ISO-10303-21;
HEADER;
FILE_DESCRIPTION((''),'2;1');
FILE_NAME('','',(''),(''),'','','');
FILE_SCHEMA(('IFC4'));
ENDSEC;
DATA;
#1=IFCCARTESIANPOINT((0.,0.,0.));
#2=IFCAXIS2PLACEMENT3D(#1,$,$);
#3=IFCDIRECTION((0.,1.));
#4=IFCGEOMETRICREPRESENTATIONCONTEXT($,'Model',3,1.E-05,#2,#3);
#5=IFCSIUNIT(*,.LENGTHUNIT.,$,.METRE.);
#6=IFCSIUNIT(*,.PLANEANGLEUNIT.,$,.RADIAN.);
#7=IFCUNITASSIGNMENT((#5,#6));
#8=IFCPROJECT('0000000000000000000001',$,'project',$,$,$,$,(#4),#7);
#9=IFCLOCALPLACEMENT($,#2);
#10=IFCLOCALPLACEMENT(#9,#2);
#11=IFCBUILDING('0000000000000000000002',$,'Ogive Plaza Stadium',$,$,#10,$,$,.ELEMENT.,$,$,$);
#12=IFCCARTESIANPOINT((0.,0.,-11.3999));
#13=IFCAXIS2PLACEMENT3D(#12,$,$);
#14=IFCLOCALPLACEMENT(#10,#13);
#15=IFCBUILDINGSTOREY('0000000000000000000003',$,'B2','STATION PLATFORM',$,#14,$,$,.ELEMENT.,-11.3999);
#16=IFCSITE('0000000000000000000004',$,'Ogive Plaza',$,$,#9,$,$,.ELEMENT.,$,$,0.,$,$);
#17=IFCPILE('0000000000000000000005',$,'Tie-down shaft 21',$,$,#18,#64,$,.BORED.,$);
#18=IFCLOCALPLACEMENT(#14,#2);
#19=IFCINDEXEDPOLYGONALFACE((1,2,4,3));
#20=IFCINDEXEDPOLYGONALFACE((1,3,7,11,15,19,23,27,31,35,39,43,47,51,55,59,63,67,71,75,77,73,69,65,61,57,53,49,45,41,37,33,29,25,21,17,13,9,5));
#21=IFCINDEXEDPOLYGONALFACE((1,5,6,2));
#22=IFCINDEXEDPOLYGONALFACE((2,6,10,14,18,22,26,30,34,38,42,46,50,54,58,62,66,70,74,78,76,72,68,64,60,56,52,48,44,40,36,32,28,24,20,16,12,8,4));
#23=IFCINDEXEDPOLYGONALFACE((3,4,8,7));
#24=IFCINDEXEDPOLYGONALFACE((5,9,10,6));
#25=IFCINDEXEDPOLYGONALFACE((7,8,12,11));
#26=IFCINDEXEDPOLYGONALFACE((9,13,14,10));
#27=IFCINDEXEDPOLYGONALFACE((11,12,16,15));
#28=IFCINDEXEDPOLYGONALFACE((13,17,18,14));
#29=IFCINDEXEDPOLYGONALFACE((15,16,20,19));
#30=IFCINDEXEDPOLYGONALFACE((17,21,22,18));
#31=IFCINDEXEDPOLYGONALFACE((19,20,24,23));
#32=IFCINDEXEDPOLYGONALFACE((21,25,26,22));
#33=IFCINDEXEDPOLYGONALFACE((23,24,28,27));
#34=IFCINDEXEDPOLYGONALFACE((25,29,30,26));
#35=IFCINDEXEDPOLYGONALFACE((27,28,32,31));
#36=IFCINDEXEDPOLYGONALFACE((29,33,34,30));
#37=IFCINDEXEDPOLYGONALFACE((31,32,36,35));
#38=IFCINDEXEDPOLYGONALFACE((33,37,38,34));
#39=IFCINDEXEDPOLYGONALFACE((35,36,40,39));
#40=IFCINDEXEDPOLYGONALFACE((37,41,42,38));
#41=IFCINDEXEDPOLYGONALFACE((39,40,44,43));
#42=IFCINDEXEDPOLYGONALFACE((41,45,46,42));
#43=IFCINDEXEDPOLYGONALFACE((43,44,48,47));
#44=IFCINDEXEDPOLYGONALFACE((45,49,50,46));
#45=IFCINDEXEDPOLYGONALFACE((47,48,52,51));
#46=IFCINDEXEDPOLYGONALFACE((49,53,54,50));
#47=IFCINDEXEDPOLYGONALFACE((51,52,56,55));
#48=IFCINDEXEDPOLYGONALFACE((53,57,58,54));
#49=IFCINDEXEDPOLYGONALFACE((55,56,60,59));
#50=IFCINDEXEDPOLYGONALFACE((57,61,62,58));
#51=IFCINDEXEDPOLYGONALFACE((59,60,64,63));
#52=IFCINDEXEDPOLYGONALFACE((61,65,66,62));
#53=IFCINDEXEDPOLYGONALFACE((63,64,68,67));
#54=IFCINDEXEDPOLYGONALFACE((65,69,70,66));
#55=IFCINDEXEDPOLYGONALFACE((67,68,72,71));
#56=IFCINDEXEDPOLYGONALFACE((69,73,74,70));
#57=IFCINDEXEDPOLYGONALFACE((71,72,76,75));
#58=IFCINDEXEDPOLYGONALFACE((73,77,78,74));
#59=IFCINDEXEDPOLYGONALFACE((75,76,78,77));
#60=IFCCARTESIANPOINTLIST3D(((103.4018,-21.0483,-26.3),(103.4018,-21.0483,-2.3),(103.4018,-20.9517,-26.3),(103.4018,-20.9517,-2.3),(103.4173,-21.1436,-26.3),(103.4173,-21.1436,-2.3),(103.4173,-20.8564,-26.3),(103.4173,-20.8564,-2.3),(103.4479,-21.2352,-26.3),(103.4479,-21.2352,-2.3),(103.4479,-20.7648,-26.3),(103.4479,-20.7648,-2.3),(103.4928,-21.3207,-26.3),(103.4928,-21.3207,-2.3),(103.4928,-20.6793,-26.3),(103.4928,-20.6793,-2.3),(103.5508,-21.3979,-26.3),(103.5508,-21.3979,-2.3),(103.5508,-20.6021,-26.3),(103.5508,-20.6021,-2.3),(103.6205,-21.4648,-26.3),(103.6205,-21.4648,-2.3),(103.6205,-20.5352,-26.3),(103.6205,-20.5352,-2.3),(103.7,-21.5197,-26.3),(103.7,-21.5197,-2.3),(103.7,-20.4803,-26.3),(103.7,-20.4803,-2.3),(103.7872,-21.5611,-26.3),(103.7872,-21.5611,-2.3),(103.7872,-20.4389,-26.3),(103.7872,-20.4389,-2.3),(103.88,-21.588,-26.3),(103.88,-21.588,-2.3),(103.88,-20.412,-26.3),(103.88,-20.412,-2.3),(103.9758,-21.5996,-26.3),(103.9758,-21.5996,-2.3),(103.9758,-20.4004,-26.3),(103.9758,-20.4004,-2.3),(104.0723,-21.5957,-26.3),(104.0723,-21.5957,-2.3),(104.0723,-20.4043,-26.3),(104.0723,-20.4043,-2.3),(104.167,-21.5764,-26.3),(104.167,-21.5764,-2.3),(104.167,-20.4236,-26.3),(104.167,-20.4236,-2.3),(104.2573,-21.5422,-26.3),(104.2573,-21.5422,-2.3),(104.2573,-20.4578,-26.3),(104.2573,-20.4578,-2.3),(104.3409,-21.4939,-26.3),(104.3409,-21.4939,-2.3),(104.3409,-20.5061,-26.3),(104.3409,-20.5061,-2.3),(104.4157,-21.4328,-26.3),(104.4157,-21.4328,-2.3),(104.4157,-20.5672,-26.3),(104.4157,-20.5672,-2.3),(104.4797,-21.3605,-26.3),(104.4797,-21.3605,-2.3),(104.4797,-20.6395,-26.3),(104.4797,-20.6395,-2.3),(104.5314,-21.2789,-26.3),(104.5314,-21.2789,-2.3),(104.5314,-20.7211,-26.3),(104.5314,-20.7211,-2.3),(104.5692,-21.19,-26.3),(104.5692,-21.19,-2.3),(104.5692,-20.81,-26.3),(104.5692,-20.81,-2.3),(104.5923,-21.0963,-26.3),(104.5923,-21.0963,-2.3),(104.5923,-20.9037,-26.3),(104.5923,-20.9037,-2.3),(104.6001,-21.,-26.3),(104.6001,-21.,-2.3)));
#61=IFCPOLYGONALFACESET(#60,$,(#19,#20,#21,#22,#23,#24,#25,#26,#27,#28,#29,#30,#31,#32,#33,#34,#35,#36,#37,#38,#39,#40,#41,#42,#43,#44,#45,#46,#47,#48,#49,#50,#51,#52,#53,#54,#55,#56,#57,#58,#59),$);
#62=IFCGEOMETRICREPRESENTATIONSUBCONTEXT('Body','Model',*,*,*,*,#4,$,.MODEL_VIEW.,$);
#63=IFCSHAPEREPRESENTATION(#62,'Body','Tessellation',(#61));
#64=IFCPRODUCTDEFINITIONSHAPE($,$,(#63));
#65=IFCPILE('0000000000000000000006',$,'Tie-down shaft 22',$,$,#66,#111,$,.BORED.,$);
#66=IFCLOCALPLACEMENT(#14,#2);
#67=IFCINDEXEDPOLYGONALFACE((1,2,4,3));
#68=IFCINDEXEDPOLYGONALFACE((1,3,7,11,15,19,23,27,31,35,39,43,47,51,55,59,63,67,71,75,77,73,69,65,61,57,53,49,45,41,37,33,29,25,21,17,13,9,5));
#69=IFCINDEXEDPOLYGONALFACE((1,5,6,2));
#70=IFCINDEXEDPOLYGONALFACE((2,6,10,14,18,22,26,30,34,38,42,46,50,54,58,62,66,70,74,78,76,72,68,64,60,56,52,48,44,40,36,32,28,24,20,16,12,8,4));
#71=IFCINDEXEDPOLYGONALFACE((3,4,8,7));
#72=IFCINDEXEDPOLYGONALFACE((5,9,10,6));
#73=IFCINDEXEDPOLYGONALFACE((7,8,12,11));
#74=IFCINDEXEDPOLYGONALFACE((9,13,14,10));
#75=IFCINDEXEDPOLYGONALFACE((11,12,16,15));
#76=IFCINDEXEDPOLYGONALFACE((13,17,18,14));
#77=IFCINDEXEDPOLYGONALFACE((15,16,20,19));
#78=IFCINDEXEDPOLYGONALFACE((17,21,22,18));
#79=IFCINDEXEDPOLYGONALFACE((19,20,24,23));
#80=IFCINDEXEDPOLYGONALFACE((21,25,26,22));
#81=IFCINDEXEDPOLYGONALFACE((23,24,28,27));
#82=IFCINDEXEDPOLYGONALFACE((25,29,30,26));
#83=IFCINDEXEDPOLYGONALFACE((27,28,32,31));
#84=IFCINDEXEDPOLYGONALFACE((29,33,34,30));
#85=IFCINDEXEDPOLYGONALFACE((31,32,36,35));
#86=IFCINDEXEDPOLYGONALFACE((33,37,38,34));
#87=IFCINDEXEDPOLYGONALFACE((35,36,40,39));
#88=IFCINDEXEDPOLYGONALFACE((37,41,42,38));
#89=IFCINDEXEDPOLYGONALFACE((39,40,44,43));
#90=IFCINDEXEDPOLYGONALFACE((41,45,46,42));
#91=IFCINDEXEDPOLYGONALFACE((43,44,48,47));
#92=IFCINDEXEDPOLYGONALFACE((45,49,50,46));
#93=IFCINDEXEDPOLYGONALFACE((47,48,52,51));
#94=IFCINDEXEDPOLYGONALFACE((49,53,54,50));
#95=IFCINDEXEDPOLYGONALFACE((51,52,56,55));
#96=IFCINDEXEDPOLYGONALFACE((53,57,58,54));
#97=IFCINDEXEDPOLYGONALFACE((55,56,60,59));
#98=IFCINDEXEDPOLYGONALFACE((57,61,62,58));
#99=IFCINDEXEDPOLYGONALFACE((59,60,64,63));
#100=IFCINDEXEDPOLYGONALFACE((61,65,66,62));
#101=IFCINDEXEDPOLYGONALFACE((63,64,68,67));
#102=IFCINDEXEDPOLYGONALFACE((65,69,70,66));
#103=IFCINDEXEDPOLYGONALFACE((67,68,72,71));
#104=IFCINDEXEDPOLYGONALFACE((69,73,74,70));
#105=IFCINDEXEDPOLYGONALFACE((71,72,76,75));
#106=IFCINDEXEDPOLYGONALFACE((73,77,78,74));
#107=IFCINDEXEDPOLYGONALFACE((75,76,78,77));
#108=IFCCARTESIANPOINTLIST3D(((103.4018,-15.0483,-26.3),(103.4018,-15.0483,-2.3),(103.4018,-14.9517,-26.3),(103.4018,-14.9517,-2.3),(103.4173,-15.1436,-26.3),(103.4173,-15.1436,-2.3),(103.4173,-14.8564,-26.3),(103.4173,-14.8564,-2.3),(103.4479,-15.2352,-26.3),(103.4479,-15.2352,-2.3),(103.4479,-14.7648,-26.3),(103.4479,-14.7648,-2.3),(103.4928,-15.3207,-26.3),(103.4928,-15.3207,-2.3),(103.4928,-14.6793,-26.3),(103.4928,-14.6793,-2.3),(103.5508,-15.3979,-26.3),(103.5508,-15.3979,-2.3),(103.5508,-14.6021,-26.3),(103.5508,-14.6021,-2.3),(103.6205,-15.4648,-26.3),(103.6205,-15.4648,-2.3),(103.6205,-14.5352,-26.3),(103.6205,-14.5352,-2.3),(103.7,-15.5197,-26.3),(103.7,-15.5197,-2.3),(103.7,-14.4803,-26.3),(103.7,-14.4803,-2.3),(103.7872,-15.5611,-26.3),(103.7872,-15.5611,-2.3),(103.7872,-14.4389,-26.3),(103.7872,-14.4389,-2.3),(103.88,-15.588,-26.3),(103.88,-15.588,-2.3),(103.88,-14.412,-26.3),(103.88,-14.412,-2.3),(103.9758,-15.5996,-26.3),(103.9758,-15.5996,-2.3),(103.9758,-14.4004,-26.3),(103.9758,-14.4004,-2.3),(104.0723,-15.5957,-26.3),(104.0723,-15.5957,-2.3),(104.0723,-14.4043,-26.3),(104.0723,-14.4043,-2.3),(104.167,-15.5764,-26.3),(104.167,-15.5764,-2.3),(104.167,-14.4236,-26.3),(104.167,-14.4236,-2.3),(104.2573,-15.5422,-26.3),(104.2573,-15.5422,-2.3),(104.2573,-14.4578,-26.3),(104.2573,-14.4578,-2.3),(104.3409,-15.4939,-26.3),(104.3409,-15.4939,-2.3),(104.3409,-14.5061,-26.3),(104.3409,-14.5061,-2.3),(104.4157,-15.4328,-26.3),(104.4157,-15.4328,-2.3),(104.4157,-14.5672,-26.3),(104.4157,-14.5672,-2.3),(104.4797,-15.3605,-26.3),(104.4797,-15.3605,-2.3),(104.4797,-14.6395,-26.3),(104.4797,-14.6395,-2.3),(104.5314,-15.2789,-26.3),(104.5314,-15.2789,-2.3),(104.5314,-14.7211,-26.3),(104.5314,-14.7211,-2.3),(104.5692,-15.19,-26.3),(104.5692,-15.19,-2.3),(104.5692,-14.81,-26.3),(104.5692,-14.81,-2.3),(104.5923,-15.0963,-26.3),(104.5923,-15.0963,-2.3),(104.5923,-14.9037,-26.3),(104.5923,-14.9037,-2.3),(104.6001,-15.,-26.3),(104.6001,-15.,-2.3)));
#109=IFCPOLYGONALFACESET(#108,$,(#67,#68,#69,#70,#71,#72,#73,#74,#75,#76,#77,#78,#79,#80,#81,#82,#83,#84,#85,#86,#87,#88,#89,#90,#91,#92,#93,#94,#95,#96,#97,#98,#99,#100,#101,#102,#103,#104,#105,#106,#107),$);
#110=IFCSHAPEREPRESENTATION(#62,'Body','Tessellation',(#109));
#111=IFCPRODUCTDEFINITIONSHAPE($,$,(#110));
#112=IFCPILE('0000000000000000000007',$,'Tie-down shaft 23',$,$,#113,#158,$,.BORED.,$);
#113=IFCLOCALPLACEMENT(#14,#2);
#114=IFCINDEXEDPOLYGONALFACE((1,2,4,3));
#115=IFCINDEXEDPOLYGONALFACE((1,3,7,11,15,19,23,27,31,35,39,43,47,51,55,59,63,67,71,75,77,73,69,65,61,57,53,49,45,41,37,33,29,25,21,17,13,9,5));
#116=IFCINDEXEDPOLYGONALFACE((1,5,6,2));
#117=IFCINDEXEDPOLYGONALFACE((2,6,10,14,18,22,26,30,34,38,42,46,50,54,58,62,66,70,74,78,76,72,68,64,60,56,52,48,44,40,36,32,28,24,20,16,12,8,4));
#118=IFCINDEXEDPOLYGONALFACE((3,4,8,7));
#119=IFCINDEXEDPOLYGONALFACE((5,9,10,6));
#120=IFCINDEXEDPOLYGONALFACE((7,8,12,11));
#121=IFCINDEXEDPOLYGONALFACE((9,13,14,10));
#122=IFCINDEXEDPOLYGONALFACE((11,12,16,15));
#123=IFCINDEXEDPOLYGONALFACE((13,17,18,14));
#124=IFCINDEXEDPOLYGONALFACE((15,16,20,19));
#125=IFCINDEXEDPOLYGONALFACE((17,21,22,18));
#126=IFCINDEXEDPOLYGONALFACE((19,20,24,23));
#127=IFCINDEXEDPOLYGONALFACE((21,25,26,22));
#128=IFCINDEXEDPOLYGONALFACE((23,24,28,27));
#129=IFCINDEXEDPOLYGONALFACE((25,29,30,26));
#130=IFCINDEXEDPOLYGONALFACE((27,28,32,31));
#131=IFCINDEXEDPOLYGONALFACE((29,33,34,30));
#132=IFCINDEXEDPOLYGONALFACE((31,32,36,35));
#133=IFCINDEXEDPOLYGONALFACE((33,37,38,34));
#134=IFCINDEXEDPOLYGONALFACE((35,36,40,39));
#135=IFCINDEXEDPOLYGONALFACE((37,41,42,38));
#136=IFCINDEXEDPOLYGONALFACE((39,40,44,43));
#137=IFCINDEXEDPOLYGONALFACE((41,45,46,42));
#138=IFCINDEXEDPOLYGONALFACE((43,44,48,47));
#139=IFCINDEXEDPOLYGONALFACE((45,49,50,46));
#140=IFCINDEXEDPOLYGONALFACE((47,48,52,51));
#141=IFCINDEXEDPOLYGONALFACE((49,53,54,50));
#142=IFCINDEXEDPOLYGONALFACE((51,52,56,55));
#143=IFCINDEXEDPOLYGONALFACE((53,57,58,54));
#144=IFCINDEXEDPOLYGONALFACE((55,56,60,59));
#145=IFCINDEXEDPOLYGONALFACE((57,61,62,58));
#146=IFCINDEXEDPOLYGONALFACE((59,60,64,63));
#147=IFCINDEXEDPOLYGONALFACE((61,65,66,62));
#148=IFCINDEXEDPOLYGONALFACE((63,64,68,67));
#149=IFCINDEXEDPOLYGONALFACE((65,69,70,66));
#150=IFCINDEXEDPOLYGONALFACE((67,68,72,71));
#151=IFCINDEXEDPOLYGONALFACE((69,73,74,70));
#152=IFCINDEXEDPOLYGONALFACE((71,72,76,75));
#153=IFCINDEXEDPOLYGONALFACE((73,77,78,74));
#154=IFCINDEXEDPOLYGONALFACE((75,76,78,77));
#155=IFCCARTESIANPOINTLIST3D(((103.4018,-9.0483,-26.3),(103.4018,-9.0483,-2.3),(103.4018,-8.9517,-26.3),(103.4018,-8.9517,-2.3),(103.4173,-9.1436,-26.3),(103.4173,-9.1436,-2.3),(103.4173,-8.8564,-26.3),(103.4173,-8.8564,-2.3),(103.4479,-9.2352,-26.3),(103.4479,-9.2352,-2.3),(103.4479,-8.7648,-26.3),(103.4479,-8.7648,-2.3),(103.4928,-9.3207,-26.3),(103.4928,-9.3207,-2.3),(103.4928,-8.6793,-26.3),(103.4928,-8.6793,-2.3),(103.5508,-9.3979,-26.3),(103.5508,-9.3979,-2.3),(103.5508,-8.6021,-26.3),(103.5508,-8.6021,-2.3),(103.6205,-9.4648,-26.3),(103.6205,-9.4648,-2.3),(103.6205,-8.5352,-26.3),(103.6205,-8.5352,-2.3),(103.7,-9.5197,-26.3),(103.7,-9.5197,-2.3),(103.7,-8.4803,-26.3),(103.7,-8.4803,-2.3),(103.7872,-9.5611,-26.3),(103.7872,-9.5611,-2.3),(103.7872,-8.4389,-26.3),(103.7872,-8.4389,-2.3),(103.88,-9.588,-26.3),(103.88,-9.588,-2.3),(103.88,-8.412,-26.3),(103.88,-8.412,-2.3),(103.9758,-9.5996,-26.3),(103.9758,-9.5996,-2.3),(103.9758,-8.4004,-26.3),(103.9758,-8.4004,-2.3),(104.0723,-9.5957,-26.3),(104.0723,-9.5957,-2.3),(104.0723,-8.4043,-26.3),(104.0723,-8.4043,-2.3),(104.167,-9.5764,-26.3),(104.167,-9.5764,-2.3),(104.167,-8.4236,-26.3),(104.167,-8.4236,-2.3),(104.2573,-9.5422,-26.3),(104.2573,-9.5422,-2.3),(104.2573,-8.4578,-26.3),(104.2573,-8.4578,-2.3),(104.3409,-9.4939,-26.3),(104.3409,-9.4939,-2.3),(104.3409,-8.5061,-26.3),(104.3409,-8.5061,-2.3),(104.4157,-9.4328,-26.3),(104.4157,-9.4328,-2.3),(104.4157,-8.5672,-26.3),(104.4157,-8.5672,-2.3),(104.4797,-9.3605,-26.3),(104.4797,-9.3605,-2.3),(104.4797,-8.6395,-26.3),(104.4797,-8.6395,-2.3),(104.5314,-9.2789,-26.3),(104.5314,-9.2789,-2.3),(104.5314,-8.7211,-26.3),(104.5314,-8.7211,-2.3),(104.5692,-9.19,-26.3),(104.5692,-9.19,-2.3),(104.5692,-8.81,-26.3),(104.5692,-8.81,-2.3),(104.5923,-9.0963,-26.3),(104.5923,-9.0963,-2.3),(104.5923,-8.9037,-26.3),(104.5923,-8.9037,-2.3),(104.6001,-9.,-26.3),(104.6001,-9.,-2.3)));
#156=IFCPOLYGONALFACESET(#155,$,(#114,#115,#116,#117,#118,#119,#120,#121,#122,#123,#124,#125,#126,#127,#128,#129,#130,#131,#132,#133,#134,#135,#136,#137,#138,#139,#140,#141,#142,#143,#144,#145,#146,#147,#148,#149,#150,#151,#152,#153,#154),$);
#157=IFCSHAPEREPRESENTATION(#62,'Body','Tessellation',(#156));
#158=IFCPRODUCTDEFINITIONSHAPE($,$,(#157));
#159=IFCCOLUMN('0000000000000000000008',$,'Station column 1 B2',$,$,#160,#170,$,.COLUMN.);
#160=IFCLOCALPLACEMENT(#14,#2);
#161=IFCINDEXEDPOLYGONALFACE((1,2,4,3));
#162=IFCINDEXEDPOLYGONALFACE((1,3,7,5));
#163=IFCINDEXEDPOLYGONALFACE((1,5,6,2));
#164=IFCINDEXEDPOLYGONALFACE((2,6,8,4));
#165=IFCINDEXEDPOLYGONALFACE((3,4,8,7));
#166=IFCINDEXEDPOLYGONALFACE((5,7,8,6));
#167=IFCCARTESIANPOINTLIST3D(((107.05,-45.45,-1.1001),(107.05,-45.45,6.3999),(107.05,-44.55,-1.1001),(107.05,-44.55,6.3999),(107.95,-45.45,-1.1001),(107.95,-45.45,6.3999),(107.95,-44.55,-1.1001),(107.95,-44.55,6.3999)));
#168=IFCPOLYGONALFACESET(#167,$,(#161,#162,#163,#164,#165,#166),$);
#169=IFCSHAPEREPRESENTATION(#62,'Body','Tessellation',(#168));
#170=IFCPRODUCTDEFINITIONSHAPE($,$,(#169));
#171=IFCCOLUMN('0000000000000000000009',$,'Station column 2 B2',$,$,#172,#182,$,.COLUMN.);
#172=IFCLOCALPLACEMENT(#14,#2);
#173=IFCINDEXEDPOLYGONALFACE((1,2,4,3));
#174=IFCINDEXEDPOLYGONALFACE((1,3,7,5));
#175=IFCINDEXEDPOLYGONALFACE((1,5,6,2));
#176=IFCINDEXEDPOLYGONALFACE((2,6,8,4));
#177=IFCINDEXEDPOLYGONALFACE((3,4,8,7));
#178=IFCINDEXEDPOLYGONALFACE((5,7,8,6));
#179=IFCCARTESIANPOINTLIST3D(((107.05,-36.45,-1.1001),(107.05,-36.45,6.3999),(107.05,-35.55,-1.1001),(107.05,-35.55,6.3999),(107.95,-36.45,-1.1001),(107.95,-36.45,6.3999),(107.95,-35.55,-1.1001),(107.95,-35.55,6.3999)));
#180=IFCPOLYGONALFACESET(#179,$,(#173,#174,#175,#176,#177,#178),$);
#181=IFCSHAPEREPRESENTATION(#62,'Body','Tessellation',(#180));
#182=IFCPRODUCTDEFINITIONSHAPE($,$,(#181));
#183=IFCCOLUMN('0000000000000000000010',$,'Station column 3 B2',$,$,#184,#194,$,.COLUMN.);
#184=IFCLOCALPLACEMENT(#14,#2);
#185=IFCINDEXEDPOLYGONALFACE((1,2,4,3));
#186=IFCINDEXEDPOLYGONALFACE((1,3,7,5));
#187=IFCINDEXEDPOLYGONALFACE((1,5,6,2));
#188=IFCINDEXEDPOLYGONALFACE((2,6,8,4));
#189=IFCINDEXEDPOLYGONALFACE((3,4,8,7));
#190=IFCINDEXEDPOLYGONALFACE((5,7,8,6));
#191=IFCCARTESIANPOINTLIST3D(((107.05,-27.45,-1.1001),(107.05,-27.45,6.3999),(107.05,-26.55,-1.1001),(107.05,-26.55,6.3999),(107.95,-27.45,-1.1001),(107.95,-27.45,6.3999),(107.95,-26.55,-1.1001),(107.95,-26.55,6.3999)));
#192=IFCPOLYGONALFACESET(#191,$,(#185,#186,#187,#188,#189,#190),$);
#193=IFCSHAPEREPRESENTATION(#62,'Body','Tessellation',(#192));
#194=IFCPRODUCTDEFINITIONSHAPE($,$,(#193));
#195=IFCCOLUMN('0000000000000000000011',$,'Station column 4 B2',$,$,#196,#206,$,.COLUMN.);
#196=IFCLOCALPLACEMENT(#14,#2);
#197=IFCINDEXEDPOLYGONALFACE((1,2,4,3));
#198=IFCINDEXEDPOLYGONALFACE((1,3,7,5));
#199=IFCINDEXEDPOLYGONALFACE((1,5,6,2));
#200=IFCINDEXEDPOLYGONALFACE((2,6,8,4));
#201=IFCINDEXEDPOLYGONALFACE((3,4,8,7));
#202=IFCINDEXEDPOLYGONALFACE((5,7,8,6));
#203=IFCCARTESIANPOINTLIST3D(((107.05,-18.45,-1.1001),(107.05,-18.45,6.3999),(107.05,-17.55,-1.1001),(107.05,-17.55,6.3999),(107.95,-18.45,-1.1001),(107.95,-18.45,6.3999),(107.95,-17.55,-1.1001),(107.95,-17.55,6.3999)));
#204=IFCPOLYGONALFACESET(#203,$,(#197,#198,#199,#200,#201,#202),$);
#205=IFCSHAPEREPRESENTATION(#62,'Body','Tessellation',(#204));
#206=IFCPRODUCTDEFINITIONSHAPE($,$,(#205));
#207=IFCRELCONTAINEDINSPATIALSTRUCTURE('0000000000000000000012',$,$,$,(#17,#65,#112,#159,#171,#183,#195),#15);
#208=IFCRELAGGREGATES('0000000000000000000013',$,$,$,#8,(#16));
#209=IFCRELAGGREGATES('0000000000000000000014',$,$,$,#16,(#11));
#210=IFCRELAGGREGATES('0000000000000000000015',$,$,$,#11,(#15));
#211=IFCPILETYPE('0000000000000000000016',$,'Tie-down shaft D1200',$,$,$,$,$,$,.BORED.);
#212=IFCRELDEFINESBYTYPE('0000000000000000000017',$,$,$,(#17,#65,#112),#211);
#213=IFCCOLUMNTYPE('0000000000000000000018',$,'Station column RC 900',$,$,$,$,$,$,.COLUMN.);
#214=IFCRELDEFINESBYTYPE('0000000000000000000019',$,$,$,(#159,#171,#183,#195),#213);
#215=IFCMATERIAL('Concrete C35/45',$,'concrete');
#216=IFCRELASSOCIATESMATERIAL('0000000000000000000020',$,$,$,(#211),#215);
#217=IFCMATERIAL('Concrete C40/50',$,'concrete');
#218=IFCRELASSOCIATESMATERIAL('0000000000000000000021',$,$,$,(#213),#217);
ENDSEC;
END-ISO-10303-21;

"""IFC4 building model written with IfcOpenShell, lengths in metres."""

from ifc_helpers import new_model, si_unit, direction, frame, origin, origin_2d, place, context, subcontext, project, spatial, rectangle, circle, extrude, material, material_profile, profile_set, type_object, element, save


model = new_model("IFC4")

# Units and contexts
model_context = context("Model", 3, precision=1e-05, world=origin(), true_north=direction((0.0, 1.0)))
body_context = subcontext(model_context, "Body", "Model", "MODEL_VIEW")
ifc_project = project(units=[si_unit("LENGTHUNIT", "METRE"), si_unit("PLANEANGLEUNIT", "RADIAN")], contexts=[model_context])

# Site, building, storey
site_placement = place(None, origin())
site = spatial("IfcSite", under=ifc_project, at=site_placement, Name="Ogive Plaza", CompositionType="ELEMENT", RefElevation=0.0)
building_placement = place(site_placement, origin())
building = spatial("IfcBuilding", under=site, at=building_placement, Name="Ogive Plaza Stadium", CompositionType="ELEMENT")
storey_placement = place(building_placement, frame((0.0, 0.0, -11.3999)))
storey = spatial("IfcBuildingStorey", under=building, at=storey_placement, Name="B2", Description="STATION PLATFORM", CompositionType="ELEMENT", Elevation=-11.3999)

# Piles
ifc_material_1 = material(Name="Concrete C35/45", Category="concrete")
ifc_material_profile_1 = material_profile(ifc_material_1, circle(Radius=0.6001, at=origin_2d()), Name="Tie-down shaft D1200")
ifc_profile_set_1 = profile_set([ifc_material_profile_1], Name="Concrete C35/45")
pile_type = type_object("IfcPileType", Name="Tie-down shaft D1200", PredefinedType="BORED", material=ifc_profile_set_1)
for number, where, z_axis, x_axis, name in (
    (1, (104.0, -21.0, -2.3), (0.0, 0.0, -1.0), (1.0, 0.0, 0.0), "Tie-down shaft 21"),
    (2, (104.0, -15.0, -2.3), (0.0, 0.0, -1.0), (1.0, 0.0, 0.0), "Tie-down shaft 22"),
    (3, (104.0, -9.0, -2.3), (0.0, 0.0, -1.0), (1.0, 0.0, 0.0), "Tie-down shaft 23"),
):
    element("IfcPile", number, at=place(storey_placement, frame(where, z_axis=z_axis, x_axis=x_axis)), inside=storey, type_object=pile_type, Name=name, PredefinedType="BORED", context=body_context, shape_type="SweptSolid", body=[
        extrude(circle(Radius=0.6001, at=origin_2d()), origin(), (0.0, 0.0, 1.0), 24.0),
    ])

# Columns
ifc_material_2 = material(Name="Concrete C40/50", Category="concrete")
ifc_material_profile_2 = material_profile(ifc_material_2, rectangle(XDim=0.8999, YDim=0.8999, at=origin_2d()), Name="Station column RC 900")
ifc_profile_set_2 = profile_set([ifc_material_profile_2], Name="Concrete C40/50")
column_type = type_object("IfcColumnType", Name="Station column RC 900", PredefinedType="COLUMN", material=ifc_profile_set_2)
for number, where, z_axis, x_axis, name in (
    (4, (107.5, -45.0, -1.1001), (0.0, 0.0, 1.0), (1.0, 0.0, 0.0), "Station column 1 B2"),
    (5, (107.5, -36.0, -1.1001), (0.0, 0.0, 1.0), (1.0, 0.0, 0.0), "Station column 2 B2"),
    (6, (107.5, -27.0, -1.1001), (0.0, 0.0, 1.0), (1.0, 0.0, 0.0), "Station column 3 B2"),
    (7, (107.5, -18.0, -1.1001), (0.0, 0.0, 1.0), (1.0, 0.0, 0.0), "Station column 4 B2"),
):
    element("IfcColumn", number, at=place(storey_placement, frame(where, z_axis=z_axis, x_axis=x_axis)), inside=storey, type_object=column_type, Name=name, PredefinedType="COLUMN", context=body_context, shape_type="SweptSolid", body=[
        extrude(rectangle(XDim=0.8999, YDim=0.8999, at=origin_2d()), origin(), (0.0, 0.0, 1.0), 7.5),
    ])

save(model, "model.ifc")
